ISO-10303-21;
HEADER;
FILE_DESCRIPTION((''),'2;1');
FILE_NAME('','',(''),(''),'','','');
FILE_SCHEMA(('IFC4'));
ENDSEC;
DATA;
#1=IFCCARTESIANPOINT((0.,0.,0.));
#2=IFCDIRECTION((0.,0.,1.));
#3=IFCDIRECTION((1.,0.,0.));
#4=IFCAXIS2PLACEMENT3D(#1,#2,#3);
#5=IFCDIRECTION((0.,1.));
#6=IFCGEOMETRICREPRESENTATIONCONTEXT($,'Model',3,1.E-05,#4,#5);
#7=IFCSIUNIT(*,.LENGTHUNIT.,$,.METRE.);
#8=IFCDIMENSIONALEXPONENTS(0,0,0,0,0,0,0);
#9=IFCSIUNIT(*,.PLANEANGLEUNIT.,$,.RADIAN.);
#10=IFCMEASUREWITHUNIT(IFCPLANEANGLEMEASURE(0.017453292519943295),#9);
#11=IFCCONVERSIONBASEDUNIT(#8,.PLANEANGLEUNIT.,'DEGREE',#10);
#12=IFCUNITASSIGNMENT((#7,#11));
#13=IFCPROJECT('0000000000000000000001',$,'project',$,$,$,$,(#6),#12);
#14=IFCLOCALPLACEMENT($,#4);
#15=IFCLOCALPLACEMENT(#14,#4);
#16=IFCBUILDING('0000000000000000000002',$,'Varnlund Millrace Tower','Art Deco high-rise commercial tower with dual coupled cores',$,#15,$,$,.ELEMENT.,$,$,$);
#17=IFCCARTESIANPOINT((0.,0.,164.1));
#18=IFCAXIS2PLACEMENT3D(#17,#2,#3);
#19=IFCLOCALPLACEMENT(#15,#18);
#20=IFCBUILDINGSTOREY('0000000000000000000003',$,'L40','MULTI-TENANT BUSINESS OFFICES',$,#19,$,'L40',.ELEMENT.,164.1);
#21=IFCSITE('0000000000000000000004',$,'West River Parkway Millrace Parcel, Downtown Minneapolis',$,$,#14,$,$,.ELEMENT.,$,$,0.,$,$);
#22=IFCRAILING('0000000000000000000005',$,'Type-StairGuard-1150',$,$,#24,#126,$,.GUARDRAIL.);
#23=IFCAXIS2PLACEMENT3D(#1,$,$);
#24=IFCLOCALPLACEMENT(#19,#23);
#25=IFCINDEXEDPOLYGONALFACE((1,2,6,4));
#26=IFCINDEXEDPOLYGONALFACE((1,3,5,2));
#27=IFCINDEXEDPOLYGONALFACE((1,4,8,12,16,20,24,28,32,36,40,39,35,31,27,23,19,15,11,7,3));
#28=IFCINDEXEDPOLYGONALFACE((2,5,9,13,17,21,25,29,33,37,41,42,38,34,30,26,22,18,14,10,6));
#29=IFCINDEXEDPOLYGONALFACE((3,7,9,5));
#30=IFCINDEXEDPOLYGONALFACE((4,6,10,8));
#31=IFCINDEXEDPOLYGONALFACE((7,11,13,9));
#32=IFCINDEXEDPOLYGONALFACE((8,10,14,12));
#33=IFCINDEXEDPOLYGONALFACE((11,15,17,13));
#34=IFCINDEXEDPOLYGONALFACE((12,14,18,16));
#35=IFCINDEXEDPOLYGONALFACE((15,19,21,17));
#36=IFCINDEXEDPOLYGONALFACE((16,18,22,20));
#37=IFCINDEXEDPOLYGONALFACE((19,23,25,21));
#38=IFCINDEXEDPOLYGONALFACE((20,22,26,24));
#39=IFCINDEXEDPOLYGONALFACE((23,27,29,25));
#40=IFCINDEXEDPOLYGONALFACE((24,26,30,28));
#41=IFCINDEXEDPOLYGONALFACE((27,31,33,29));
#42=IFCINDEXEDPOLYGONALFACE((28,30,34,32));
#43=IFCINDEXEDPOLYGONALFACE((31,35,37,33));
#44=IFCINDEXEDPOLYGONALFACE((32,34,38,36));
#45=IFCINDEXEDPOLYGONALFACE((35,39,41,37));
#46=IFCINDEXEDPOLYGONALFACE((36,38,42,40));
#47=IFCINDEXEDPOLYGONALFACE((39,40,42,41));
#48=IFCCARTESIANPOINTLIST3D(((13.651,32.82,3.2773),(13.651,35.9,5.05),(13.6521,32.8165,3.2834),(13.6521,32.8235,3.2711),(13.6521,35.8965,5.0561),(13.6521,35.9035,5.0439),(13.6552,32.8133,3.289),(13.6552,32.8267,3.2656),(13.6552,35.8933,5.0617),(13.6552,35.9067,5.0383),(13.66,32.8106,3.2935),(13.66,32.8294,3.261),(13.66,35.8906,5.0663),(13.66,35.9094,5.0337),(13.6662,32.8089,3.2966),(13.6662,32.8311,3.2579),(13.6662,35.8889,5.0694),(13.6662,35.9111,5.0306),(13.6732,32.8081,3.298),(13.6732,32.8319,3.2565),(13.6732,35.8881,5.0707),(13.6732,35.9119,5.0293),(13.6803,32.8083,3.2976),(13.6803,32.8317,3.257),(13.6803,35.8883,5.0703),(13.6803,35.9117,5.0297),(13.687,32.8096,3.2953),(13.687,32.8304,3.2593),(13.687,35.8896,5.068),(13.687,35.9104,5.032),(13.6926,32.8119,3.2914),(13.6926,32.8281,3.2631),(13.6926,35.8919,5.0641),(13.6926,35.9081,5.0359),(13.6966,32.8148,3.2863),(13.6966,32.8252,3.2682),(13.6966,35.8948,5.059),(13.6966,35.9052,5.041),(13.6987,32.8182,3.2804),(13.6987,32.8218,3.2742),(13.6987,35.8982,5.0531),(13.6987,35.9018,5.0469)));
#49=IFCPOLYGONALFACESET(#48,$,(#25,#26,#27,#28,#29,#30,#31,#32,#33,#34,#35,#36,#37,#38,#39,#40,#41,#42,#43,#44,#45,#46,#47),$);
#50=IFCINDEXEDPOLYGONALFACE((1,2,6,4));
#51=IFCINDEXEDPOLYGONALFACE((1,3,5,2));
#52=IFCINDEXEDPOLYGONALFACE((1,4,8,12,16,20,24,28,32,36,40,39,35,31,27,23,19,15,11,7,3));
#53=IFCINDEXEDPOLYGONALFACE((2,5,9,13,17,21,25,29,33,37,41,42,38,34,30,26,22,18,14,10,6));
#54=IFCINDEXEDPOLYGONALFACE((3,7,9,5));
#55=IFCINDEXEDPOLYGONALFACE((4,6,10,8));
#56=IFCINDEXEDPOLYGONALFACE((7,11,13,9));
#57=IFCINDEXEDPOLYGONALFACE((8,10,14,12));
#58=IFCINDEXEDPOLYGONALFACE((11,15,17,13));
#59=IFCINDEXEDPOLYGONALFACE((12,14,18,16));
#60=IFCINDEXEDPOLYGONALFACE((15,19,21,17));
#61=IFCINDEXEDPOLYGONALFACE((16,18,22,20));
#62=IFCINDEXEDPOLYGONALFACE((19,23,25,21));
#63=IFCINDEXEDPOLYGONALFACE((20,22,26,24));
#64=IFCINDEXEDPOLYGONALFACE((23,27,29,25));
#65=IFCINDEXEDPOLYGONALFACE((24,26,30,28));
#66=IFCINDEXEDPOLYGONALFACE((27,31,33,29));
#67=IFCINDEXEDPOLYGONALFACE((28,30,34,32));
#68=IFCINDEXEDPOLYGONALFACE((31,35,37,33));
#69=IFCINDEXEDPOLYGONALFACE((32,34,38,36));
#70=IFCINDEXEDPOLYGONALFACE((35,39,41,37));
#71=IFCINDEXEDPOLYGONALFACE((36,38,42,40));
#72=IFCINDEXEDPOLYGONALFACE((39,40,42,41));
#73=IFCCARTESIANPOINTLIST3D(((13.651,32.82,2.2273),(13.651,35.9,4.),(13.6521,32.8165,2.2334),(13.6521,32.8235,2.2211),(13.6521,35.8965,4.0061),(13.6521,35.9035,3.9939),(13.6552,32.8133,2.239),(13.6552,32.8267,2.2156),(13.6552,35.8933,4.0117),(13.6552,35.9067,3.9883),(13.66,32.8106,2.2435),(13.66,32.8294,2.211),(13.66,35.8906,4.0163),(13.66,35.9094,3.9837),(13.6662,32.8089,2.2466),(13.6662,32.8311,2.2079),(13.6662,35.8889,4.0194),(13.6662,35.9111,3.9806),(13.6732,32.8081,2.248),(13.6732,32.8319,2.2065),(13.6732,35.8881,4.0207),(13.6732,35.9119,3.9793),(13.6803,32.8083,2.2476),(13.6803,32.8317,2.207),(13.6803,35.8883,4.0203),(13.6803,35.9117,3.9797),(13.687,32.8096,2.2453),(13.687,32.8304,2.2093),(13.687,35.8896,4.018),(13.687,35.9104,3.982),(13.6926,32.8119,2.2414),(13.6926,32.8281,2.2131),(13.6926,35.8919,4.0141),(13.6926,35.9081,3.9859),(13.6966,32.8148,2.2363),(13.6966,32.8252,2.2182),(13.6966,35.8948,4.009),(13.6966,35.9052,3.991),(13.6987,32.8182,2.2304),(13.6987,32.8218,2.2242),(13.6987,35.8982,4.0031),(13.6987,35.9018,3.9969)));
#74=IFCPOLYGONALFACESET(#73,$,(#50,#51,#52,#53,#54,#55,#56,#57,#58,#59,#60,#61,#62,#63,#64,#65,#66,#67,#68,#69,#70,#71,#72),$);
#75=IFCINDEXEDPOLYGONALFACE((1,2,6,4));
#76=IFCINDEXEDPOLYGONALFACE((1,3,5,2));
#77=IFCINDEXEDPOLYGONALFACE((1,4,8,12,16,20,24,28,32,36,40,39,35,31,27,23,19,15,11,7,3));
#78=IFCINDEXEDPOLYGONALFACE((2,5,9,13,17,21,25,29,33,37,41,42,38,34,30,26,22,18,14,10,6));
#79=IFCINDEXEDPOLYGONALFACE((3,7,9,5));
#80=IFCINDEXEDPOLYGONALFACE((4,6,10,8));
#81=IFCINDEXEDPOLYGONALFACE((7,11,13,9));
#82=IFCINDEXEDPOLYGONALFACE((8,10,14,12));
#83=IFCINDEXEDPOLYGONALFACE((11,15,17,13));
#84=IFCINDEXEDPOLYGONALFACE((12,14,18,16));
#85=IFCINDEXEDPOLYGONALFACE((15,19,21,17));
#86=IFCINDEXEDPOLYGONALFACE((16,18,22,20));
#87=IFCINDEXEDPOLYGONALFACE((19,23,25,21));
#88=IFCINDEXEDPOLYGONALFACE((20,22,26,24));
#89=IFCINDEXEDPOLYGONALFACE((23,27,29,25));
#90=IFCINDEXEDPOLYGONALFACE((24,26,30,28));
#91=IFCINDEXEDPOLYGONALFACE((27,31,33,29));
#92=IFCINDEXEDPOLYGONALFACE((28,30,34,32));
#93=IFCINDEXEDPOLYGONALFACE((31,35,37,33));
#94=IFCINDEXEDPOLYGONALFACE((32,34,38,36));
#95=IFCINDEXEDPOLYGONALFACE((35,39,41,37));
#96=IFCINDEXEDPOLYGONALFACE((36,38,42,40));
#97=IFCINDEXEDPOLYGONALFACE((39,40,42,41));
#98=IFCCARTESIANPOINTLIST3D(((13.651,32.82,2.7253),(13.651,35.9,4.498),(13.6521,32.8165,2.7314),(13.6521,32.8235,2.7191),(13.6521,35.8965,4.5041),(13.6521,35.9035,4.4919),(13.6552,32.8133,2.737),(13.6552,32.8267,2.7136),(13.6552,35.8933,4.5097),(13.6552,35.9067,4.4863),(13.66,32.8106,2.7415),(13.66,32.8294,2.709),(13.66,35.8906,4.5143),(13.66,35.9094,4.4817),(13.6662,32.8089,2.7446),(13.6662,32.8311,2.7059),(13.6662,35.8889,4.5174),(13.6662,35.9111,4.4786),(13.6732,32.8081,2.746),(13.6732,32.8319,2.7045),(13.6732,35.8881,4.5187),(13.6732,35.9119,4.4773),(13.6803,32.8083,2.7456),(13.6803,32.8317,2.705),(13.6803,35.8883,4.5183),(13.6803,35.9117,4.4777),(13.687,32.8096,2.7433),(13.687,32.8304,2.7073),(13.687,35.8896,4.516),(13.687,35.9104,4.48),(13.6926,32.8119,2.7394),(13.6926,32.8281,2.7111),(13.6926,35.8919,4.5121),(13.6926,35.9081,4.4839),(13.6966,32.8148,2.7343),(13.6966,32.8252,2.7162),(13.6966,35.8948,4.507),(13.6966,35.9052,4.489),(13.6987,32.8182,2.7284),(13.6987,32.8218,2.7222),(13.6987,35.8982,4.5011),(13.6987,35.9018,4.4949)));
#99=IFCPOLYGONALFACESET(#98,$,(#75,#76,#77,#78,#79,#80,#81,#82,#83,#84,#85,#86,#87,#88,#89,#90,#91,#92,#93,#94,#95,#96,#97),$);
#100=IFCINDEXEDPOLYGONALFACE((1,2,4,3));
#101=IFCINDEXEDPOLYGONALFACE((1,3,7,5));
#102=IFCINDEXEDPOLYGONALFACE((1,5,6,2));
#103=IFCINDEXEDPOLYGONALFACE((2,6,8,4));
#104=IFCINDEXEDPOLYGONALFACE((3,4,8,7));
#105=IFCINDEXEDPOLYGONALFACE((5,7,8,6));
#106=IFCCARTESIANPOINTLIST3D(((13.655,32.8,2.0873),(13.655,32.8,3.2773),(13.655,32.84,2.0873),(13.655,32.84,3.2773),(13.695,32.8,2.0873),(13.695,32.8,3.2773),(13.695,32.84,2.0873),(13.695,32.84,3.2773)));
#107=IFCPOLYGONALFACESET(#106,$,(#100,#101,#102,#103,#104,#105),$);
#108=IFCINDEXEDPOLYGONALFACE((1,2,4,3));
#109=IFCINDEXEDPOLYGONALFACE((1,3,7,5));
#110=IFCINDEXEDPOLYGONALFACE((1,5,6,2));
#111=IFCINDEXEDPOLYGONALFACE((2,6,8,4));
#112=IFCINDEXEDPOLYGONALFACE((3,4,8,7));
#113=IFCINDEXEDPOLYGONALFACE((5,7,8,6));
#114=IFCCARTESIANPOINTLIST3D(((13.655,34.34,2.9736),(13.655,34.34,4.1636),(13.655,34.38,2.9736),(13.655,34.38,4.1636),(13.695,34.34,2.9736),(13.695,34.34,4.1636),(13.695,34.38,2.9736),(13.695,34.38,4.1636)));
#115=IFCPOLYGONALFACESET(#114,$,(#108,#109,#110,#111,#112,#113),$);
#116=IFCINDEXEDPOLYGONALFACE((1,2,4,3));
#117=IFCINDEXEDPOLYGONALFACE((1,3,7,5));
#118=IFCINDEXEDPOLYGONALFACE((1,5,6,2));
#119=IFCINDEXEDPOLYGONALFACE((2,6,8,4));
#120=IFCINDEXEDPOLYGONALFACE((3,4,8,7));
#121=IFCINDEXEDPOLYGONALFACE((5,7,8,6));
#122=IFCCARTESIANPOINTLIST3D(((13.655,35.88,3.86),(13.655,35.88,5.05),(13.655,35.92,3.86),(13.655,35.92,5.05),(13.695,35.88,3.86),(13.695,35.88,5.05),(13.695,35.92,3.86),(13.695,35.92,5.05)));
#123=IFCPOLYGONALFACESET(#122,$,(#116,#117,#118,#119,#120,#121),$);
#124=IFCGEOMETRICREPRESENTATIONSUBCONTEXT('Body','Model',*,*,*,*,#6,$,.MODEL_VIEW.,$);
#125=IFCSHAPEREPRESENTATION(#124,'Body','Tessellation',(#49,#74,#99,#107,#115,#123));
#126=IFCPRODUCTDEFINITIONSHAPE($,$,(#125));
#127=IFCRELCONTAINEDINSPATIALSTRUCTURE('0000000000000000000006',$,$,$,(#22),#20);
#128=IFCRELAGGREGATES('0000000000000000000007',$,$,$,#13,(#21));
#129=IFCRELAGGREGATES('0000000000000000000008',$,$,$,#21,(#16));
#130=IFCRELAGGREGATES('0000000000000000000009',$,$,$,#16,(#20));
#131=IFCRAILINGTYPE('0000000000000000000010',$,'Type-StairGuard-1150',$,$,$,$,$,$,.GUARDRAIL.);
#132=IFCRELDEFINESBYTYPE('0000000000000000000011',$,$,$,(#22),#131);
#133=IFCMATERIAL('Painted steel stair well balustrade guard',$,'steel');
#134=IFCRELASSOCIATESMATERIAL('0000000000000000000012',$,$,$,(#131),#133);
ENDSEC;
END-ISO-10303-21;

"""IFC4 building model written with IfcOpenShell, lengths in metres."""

from ifc_helpers import new_model, entity, si_unit, converted_unit, direction, frame, origin_with_axes, origin_2d_with_axis, place, context, subcontext, project, spatial, rectangle, circle, extrude, material, type_object, element, save


model = new_model("IFC4")

# Units and contexts
model_context = context("Model", 3, precision=1e-05, world=origin_with_axes(), true_north=direction((0.0, 1.0)))
body_context = subcontext(model_context, "Body", "Model", "MODEL_VIEW")
ifc_project = project(units=[si_unit("LENGTHUNIT", "METRE"), converted_unit("PLANEANGLEUNIT", "DEGREE", entity("IfcPlaneAngleMeasure", 0.017453292519943295), si_unit("PLANEANGLEUNIT", "RADIAN"), dimensions=[0, 0, 0, 0, 0, 0, 0])], contexts=[model_context])

# Site, building, storey
site_placement = place(None, origin_with_axes())
site = spatial("IfcSite", under=ifc_project, at=site_placement, Name="West River Parkway Millrace Parcel, Downtown Minneapolis", CompositionType="ELEMENT", RefElevation=0.0)
building_placement = place(site_placement, origin_with_axes())
building = spatial("IfcBuilding", under=site, at=building_placement, Name="Varnlund Millrace Tower", Description="Art Deco high-rise commercial tower with dual coupled cores", CompositionType="ELEMENT")
storey_placement = place(building_placement, frame((0.0, 0.0, 164.1), z_axis=(0.0, 0.0, 1.0), x_axis=(1.0, 0.0, 0.0)))
storey = spatial("IfcBuildingStorey", under=building, at=storey_placement, Name="L40", Description="MULTI-TENANT BUSINESS OFFICES", LongName="L40", CompositionType="ELEMENT", Elevation=164.1)

# Railing
ifc_material_1 = material(Name="Painted steel stair well balustrade guard", Category="steel")
railing_type_1 = type_object("IfcRailingType", Name="Type-StairGuard-1150", PredefinedType="GUARDRAIL", material=ifc_material_1)
railing_1_placement = place(storey_placement, frame((0.0, 0.0, -164.1), z_axis=(0.0, 0.0, 1.0), x_axis=(1.0, 0.0, 0.0)))
element("IfcRailing", 1, at=railing_1_placement, inside=storey, type_object=railing_type_1, Name="Type-StairGuard-1150", PredefinedType="GUARDRAIL", context=body_context, shape_type="SweptSolid", body=[
    extrude(circle(Radius=0.024, at=origin_2d_with_axis()), frame((13.675, 32.82, 167.3773), z_axis=(0.0, 0.866696, 0.498836), x_axis=(-1.0, 0.0, 0.0)), (0.0, 0.0, 1.0), 3.5537),
    extrude(circle(Radius=0.024, at=origin_2d_with_axis()), frame((13.675, 32.82, 166.3273), z_axis=(0.0, 0.866696, 0.498836), x_axis=(-1.0, 0.0, 0.0)), (0.0, 0.0, 1.0), 3.5537),
    extrude(circle(Radius=0.024, at=origin_2d_with_axis()), frame((13.675, 32.82, 166.8253), z_axis=(0.0, 0.866696, 0.498836), x_axis=(-1.0, 0.0, 0.0)), (0.0, 0.0, 1.0), 3.5537),
    extrude(rectangle(XDim=0.04, YDim=0.04, at=origin_2d_with_axis()), frame((13.675, 32.82, 166.1873), z_axis=(0.0, 0.0, 1.0), x_axis=(1.0, 0.0, 0.0)), (0.0, 0.0, 1.0), 1.19),
    extrude(rectangle(XDim=0.04, YDim=0.04, at=origin_2d_with_axis()), frame((13.675, 34.36, 167.0736), z_axis=(0.0, 0.0, 1.0), x_axis=(1.0, 0.0, 0.0)), (0.0, 0.0, 1.0), 1.19),
    extrude(rectangle(XDim=0.04, YDim=0.04, at=origin_2d_with_axis()), frame((13.675, 35.9, 167.96), z_axis=(0.0, 0.0, 1.0), x_axis=(1.0, 0.0, 0.0)), (0.0, 0.0, 1.0), 1.19),
])

save(model, "model.ifc")
